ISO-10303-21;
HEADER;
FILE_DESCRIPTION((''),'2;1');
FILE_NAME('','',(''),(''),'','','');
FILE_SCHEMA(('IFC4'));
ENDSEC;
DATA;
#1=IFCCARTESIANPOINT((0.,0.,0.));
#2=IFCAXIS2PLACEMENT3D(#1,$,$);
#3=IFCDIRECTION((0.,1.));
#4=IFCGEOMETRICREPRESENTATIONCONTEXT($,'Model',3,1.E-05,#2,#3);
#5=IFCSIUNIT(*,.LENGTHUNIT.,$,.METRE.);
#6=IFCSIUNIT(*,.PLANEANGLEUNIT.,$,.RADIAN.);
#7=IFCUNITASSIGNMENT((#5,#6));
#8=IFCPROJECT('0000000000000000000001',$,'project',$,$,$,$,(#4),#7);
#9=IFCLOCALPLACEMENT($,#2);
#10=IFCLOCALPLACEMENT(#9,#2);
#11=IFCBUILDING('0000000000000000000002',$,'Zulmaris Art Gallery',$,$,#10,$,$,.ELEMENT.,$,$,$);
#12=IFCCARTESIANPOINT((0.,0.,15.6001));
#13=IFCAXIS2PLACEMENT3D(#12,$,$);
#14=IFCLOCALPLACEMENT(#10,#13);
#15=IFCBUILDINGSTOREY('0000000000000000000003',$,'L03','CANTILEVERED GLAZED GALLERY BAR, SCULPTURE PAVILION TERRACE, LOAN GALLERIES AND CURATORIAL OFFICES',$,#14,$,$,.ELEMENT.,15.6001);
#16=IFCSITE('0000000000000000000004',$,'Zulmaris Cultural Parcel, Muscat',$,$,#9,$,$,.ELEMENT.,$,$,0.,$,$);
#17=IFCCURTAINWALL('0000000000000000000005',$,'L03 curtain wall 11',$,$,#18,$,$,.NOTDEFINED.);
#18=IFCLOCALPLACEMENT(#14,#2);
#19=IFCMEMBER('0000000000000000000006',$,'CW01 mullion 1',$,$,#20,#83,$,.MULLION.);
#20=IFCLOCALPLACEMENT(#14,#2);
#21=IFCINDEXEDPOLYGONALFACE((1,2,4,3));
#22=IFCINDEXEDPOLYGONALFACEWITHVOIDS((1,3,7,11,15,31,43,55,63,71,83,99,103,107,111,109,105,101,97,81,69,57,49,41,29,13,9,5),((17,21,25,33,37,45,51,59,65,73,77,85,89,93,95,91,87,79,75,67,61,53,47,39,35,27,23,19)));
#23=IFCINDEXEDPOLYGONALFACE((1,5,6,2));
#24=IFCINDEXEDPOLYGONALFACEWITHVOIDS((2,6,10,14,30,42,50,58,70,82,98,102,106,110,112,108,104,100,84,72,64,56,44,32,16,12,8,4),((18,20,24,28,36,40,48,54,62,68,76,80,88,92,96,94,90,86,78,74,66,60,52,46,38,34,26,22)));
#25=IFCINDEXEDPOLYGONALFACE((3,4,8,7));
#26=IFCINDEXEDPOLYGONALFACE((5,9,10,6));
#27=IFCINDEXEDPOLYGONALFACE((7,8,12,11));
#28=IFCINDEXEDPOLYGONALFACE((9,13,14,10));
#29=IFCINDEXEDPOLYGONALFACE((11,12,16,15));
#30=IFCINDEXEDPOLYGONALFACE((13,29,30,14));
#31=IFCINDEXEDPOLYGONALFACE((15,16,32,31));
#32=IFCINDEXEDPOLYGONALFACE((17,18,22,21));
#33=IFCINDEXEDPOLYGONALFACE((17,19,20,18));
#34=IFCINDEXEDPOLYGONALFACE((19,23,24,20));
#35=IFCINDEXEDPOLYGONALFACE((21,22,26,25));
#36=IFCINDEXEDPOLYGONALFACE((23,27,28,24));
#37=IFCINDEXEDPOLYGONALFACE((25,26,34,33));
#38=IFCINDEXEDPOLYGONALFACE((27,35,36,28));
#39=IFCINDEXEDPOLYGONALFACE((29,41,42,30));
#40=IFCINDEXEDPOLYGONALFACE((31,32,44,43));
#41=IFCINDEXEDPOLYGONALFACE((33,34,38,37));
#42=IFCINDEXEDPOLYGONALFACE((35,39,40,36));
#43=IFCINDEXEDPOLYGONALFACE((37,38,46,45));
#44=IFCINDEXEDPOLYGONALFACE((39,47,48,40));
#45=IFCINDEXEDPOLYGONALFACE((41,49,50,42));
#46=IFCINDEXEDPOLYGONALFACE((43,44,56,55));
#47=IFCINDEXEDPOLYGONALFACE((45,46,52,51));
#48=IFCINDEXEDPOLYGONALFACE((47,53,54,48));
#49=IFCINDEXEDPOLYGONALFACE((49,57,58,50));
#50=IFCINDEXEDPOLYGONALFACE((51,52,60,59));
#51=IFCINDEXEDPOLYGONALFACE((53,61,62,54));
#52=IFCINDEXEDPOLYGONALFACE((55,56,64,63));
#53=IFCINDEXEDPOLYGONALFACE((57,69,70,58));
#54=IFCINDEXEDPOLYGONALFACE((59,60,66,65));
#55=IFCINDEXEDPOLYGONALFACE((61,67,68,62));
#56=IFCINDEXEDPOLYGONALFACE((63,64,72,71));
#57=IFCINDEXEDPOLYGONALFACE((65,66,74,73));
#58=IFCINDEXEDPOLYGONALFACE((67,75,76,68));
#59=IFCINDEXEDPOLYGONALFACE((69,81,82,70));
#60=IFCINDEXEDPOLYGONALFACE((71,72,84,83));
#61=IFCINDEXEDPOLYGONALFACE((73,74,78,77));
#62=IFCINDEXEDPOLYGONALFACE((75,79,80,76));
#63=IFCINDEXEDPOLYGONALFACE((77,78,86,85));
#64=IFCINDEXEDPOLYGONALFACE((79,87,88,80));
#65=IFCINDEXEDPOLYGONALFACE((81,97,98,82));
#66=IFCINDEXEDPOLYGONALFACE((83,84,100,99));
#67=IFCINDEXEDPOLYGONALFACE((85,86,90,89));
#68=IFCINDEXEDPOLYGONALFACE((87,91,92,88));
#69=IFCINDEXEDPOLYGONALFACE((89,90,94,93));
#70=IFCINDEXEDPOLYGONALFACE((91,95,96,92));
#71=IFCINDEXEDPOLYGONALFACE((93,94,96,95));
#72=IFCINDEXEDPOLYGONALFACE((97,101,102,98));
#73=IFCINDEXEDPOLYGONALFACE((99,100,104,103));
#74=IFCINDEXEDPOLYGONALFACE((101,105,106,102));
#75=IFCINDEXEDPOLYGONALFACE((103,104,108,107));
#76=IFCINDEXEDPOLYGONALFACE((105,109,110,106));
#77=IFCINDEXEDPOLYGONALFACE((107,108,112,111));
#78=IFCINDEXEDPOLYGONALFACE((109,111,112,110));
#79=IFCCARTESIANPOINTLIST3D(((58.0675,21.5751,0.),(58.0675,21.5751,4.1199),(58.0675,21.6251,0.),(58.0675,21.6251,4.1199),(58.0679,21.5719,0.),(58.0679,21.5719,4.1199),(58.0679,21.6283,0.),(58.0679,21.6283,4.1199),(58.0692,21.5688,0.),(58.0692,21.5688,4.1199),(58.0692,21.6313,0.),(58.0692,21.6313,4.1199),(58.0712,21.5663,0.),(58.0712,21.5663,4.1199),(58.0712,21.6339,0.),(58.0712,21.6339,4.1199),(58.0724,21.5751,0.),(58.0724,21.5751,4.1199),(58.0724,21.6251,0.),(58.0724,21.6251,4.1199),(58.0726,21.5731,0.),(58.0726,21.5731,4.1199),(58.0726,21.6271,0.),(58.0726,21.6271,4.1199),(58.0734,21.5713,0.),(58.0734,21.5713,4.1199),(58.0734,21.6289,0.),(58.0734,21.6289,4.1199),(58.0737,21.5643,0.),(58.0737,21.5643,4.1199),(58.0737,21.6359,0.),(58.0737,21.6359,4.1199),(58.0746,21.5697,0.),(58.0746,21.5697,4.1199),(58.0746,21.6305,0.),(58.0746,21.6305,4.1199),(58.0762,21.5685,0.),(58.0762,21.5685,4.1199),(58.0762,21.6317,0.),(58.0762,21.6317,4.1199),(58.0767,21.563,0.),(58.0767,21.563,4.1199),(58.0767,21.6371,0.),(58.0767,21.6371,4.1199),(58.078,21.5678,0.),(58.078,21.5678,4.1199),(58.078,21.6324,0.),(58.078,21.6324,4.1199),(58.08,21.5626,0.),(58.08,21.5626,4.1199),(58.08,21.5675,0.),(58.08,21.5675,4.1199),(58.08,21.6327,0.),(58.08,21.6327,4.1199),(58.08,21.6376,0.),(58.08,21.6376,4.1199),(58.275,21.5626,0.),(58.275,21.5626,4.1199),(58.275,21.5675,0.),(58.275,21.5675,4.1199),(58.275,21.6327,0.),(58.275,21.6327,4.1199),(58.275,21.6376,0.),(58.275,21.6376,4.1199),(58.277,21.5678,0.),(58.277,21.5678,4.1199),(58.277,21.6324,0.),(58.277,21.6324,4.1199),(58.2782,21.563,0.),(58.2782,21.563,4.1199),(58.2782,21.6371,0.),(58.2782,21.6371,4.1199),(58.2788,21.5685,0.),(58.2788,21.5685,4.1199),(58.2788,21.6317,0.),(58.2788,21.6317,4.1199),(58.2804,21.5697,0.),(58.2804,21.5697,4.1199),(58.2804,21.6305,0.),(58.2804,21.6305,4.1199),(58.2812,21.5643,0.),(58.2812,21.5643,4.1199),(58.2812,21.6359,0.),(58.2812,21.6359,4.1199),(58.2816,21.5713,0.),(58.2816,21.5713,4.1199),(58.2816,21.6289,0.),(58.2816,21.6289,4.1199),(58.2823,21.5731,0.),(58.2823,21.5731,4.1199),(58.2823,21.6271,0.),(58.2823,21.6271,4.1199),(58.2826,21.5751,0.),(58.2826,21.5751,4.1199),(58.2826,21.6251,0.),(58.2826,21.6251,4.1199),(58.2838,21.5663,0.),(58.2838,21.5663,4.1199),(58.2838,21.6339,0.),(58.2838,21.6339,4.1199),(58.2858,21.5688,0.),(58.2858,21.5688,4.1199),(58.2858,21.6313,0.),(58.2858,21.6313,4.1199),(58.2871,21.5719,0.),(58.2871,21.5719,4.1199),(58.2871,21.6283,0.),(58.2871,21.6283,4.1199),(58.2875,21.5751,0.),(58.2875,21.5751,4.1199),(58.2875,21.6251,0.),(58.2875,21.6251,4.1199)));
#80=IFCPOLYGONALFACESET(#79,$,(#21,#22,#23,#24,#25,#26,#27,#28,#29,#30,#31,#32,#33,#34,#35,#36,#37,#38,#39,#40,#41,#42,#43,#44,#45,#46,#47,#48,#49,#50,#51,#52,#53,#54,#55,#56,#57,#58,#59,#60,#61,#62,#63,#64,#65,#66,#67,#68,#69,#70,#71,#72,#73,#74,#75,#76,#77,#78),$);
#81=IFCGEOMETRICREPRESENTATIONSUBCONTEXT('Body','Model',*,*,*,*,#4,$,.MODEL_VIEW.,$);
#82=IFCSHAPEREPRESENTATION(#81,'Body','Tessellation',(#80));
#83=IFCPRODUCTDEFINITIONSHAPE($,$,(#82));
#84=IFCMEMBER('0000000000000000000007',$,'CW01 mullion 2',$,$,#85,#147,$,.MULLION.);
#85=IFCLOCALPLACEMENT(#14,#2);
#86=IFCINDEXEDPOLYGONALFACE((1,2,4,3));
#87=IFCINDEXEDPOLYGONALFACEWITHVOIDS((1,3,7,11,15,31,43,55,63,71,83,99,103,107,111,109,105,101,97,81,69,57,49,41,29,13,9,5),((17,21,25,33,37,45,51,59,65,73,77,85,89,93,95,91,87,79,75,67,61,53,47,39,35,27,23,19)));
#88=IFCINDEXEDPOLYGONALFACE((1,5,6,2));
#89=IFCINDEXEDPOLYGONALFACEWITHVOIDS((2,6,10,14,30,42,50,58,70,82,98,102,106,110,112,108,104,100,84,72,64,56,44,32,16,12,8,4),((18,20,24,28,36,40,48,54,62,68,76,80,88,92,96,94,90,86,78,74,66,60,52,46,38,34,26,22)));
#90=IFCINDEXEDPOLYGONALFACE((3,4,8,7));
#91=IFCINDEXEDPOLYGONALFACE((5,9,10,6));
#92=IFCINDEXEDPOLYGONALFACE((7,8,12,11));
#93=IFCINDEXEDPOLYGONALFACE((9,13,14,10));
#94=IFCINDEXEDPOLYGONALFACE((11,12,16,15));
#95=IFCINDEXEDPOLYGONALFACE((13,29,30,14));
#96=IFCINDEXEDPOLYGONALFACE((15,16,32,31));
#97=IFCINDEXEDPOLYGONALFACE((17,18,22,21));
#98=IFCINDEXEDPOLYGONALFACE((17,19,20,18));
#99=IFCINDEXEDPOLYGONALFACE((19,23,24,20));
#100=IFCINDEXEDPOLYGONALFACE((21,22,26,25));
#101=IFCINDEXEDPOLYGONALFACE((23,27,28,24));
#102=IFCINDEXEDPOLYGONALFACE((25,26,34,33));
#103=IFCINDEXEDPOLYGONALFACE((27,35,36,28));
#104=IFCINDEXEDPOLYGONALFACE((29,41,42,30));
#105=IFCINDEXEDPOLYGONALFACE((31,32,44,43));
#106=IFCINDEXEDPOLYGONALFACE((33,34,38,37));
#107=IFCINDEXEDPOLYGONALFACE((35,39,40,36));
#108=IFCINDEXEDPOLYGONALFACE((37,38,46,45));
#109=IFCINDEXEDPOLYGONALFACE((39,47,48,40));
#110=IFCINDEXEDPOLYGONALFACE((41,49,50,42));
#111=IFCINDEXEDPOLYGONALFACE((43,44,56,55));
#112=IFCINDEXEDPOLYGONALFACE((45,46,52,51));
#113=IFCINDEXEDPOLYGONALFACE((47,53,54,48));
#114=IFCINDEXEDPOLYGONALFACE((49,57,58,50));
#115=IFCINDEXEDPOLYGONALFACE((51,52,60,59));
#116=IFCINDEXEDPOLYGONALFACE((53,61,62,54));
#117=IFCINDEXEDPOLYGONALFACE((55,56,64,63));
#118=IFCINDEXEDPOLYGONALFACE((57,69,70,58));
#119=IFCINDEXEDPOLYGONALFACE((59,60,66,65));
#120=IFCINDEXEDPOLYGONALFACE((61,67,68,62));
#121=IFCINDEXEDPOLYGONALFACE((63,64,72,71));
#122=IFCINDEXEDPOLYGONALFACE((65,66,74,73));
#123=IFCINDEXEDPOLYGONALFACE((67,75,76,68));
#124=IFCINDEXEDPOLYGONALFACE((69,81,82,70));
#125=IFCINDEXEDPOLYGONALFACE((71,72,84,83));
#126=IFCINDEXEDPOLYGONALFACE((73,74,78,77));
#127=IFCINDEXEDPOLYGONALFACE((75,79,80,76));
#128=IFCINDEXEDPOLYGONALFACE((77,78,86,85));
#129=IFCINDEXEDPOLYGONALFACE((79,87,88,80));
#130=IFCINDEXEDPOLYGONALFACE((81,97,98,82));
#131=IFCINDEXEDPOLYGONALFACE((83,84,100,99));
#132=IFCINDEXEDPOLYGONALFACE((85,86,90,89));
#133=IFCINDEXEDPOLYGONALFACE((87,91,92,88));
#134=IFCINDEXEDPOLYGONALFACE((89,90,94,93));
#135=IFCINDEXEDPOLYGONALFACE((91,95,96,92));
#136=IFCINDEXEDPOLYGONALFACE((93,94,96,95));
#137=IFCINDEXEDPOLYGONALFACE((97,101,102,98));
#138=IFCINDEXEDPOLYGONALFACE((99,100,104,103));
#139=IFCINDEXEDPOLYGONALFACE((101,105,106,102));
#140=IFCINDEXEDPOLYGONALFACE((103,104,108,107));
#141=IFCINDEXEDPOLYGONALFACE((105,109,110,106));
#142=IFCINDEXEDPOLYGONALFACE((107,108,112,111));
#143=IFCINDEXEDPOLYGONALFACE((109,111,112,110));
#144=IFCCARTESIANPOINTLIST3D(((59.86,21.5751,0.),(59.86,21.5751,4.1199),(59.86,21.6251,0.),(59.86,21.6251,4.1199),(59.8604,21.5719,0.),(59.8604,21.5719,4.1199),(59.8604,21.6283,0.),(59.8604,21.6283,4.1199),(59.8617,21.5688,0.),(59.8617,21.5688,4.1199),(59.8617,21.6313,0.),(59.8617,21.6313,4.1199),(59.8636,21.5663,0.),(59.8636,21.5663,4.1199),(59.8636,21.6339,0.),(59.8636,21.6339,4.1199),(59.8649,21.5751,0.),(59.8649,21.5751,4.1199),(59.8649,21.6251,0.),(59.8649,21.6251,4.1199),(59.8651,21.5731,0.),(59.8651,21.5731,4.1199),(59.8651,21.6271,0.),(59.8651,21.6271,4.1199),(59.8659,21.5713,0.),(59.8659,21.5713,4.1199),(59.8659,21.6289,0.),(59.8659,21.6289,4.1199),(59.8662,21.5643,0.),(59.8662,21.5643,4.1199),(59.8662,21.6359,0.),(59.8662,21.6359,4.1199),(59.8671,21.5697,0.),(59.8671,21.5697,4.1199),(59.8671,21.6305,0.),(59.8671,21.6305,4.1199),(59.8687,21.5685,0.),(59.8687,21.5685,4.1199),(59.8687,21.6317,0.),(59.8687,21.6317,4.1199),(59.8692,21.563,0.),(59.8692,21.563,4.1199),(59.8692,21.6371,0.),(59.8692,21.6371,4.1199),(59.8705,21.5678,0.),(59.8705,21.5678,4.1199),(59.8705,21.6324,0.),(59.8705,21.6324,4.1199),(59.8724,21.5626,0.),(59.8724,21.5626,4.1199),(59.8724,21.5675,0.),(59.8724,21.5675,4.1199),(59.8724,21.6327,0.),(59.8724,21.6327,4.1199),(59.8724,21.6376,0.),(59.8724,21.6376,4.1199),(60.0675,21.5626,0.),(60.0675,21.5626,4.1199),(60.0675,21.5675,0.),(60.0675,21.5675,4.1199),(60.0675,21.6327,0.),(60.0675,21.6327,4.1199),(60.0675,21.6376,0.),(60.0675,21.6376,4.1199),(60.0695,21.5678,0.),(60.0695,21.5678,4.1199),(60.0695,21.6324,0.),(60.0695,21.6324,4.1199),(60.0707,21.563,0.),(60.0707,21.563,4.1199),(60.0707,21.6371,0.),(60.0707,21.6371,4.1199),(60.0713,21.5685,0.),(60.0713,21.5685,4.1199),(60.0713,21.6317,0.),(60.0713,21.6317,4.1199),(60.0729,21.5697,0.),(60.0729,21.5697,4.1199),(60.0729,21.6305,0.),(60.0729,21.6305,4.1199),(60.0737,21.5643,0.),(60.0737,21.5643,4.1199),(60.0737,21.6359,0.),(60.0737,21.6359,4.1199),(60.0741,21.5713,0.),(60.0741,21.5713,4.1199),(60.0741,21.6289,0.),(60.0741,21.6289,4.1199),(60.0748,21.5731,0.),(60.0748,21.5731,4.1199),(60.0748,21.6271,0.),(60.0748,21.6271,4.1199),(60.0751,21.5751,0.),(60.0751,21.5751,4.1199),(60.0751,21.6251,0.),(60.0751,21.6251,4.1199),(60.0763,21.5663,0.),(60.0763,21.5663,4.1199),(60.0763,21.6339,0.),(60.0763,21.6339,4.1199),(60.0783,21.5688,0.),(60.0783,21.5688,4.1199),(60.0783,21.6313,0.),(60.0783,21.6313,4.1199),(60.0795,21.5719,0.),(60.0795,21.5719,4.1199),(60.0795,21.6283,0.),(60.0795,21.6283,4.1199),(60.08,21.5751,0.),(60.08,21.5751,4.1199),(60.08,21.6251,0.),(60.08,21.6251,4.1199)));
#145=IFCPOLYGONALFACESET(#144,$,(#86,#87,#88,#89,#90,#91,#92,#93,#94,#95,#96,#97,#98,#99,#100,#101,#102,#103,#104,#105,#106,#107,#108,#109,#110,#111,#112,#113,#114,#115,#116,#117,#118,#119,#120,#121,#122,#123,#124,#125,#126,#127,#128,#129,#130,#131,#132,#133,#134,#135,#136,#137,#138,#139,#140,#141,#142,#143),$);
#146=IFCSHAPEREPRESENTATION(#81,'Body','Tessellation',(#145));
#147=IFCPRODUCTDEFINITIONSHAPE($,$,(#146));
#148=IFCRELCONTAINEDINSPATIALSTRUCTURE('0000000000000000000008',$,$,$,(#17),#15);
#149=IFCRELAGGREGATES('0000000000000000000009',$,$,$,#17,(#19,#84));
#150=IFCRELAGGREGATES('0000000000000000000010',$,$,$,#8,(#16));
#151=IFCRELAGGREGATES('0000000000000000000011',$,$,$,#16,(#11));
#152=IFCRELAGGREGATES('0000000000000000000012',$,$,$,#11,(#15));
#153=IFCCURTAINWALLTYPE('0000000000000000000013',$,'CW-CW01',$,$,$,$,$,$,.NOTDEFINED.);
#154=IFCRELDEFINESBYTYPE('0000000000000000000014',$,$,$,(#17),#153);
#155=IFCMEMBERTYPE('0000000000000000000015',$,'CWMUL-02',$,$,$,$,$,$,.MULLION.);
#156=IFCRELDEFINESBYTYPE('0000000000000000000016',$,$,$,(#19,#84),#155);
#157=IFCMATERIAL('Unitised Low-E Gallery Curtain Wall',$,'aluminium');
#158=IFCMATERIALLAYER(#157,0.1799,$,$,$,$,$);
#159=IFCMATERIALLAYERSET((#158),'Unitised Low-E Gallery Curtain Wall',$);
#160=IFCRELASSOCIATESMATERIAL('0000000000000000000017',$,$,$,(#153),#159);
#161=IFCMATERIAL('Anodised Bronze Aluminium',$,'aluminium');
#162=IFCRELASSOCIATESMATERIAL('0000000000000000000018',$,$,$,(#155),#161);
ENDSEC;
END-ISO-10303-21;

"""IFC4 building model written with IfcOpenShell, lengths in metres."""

from ifc_helpers import new_model, si_unit, direction, frame, origin, origin_2d, place, context, subcontext, project, spatial, hollow_rectangle, extrude, material, layer, layer_set, material_profile, profile_set, type_object, element, aggregate, save


model = new_model("IFC4")

# Units and contexts
model_context = context("Model", 3, precision=1e-05, world=origin(), true_north=direction((0.0, 1.0)))
body_context = subcontext(model_context, "Body", "Model", "MODEL_VIEW")
ifc_project = project(units=[si_unit("LENGTHUNIT", "METRE"), si_unit("PLANEANGLEUNIT", "RADIAN")], contexts=[model_context])

# Site, building, storey
site_placement = place(None, origin())
site = spatial("IfcSite", under=ifc_project, at=site_placement, Name="Zulmaris Cultural Parcel, Muscat", CompositionType="ELEMENT", RefElevation=0.0)
building_placement = place(site_placement, origin())
building = spatial("IfcBuilding", under=site, at=building_placement, Name="Zulmaris Art Gallery", CompositionType="ELEMENT")
storey_placement = place(building_placement, frame((0.0, 0.0, 15.6001)))
storey = spatial("IfcBuildingStorey", under=building, at=storey_placement, Name="L03", Description="CANTILEVERED GLAZED GALLERY BAR, SCULPTURE PAVILION TERRACE, LOAN GALLERIES AND CURATORIAL OFFICES", CompositionType="ELEMENT", Elevation=15.6001)

# Curtain wall, members
ifc_material_1 = material(Name="Unitised Low-E Gallery Curtain Wall", Category="aluminium")
ifc_layer_1 = layer(ifc_material_1, 0.1799)
ifc_layer_set_1 = layer_set([ifc_layer_1], Name="Unitised Low-E Gallery Curtain Wall")
curtain_wall_type_1 = type_object("IfcCurtainWallType", Name="CW-CW01", PredefinedType="NOTDEFINED", material=ifc_layer_set_1)
curtain_wall_1_placement = place(storey_placement, origin())
curtain_wall_1 = element("IfcCurtainWall", 1, at=curtain_wall_1_placement, inside=storey, type_object=curtain_wall_type_1, Name="L03 curtain wall 11", PredefinedType="NOTDEFINED")
ifc_material_2 = material(Name="Anodised Bronze Aluminium", Category="aluminium")
ifc_material_profile_1 = material_profile(ifc_material_2, hollow_rectangle(XDim=0.075, YDim=0.22, WallThickness=0.0049, InnerFilletRadius=0.0076, OuterFilletRadius=0.0125, at=origin_2d()), Name="ALU 75x220x5")
ifc_profile_set_1 = profile_set([ifc_material_profile_1], Name="Anodised Bronze Aluminium")
member_type_1 = type_object("IfcMemberType", Name="CWMUL-02", PredefinedType="MULLION", material=ifc_profile_set_1)
member_1_placement = place(storey_placement, frame((58.1775, 21.6001, 0.0), z_axis=(0.0, 0.0, 1.0), x_axis=(0.0, 1.0, 0.0)))
member_1 = element("IfcMember", 2, at=member_1_placement, type_object=member_type_1, Name="CW01 mullion 1", PredefinedType="MULLION", context=body_context, shape_type="SweptSolid", body=[
    extrude(hollow_rectangle(XDim=0.075, YDim=0.22, WallThickness=0.0049, InnerFilletRadius=0.0076, OuterFilletRadius=0.0125, at=origin_2d()), origin(), (0.0, 0.0, 1.0), 4.1199),
])
member_2_placement = place(storey_placement, frame((59.97, 21.6001, 0.0), z_axis=(0.0, 0.0, 1.0), x_axis=(0.0, 1.0, 0.0)))
member_2 = element("IfcMember", 3, at=member_2_placement, type_object=member_type_1, Name="CW01 mullion 2", PredefinedType="MULLION", context=body_context, shape_type="SweptSolid", body=[
    extrude(hollow_rectangle(XDim=0.075, YDim=0.22, WallThickness=0.0049, InnerFilletRadius=0.0076, OuterFilletRadius=0.0125, at=origin_2d()), origin(), (0.0, 0.0, 1.0), 4.1199),
])

aggregate(curtain_wall_1, [member_1, member_2])

save(model, "model.ifc")
